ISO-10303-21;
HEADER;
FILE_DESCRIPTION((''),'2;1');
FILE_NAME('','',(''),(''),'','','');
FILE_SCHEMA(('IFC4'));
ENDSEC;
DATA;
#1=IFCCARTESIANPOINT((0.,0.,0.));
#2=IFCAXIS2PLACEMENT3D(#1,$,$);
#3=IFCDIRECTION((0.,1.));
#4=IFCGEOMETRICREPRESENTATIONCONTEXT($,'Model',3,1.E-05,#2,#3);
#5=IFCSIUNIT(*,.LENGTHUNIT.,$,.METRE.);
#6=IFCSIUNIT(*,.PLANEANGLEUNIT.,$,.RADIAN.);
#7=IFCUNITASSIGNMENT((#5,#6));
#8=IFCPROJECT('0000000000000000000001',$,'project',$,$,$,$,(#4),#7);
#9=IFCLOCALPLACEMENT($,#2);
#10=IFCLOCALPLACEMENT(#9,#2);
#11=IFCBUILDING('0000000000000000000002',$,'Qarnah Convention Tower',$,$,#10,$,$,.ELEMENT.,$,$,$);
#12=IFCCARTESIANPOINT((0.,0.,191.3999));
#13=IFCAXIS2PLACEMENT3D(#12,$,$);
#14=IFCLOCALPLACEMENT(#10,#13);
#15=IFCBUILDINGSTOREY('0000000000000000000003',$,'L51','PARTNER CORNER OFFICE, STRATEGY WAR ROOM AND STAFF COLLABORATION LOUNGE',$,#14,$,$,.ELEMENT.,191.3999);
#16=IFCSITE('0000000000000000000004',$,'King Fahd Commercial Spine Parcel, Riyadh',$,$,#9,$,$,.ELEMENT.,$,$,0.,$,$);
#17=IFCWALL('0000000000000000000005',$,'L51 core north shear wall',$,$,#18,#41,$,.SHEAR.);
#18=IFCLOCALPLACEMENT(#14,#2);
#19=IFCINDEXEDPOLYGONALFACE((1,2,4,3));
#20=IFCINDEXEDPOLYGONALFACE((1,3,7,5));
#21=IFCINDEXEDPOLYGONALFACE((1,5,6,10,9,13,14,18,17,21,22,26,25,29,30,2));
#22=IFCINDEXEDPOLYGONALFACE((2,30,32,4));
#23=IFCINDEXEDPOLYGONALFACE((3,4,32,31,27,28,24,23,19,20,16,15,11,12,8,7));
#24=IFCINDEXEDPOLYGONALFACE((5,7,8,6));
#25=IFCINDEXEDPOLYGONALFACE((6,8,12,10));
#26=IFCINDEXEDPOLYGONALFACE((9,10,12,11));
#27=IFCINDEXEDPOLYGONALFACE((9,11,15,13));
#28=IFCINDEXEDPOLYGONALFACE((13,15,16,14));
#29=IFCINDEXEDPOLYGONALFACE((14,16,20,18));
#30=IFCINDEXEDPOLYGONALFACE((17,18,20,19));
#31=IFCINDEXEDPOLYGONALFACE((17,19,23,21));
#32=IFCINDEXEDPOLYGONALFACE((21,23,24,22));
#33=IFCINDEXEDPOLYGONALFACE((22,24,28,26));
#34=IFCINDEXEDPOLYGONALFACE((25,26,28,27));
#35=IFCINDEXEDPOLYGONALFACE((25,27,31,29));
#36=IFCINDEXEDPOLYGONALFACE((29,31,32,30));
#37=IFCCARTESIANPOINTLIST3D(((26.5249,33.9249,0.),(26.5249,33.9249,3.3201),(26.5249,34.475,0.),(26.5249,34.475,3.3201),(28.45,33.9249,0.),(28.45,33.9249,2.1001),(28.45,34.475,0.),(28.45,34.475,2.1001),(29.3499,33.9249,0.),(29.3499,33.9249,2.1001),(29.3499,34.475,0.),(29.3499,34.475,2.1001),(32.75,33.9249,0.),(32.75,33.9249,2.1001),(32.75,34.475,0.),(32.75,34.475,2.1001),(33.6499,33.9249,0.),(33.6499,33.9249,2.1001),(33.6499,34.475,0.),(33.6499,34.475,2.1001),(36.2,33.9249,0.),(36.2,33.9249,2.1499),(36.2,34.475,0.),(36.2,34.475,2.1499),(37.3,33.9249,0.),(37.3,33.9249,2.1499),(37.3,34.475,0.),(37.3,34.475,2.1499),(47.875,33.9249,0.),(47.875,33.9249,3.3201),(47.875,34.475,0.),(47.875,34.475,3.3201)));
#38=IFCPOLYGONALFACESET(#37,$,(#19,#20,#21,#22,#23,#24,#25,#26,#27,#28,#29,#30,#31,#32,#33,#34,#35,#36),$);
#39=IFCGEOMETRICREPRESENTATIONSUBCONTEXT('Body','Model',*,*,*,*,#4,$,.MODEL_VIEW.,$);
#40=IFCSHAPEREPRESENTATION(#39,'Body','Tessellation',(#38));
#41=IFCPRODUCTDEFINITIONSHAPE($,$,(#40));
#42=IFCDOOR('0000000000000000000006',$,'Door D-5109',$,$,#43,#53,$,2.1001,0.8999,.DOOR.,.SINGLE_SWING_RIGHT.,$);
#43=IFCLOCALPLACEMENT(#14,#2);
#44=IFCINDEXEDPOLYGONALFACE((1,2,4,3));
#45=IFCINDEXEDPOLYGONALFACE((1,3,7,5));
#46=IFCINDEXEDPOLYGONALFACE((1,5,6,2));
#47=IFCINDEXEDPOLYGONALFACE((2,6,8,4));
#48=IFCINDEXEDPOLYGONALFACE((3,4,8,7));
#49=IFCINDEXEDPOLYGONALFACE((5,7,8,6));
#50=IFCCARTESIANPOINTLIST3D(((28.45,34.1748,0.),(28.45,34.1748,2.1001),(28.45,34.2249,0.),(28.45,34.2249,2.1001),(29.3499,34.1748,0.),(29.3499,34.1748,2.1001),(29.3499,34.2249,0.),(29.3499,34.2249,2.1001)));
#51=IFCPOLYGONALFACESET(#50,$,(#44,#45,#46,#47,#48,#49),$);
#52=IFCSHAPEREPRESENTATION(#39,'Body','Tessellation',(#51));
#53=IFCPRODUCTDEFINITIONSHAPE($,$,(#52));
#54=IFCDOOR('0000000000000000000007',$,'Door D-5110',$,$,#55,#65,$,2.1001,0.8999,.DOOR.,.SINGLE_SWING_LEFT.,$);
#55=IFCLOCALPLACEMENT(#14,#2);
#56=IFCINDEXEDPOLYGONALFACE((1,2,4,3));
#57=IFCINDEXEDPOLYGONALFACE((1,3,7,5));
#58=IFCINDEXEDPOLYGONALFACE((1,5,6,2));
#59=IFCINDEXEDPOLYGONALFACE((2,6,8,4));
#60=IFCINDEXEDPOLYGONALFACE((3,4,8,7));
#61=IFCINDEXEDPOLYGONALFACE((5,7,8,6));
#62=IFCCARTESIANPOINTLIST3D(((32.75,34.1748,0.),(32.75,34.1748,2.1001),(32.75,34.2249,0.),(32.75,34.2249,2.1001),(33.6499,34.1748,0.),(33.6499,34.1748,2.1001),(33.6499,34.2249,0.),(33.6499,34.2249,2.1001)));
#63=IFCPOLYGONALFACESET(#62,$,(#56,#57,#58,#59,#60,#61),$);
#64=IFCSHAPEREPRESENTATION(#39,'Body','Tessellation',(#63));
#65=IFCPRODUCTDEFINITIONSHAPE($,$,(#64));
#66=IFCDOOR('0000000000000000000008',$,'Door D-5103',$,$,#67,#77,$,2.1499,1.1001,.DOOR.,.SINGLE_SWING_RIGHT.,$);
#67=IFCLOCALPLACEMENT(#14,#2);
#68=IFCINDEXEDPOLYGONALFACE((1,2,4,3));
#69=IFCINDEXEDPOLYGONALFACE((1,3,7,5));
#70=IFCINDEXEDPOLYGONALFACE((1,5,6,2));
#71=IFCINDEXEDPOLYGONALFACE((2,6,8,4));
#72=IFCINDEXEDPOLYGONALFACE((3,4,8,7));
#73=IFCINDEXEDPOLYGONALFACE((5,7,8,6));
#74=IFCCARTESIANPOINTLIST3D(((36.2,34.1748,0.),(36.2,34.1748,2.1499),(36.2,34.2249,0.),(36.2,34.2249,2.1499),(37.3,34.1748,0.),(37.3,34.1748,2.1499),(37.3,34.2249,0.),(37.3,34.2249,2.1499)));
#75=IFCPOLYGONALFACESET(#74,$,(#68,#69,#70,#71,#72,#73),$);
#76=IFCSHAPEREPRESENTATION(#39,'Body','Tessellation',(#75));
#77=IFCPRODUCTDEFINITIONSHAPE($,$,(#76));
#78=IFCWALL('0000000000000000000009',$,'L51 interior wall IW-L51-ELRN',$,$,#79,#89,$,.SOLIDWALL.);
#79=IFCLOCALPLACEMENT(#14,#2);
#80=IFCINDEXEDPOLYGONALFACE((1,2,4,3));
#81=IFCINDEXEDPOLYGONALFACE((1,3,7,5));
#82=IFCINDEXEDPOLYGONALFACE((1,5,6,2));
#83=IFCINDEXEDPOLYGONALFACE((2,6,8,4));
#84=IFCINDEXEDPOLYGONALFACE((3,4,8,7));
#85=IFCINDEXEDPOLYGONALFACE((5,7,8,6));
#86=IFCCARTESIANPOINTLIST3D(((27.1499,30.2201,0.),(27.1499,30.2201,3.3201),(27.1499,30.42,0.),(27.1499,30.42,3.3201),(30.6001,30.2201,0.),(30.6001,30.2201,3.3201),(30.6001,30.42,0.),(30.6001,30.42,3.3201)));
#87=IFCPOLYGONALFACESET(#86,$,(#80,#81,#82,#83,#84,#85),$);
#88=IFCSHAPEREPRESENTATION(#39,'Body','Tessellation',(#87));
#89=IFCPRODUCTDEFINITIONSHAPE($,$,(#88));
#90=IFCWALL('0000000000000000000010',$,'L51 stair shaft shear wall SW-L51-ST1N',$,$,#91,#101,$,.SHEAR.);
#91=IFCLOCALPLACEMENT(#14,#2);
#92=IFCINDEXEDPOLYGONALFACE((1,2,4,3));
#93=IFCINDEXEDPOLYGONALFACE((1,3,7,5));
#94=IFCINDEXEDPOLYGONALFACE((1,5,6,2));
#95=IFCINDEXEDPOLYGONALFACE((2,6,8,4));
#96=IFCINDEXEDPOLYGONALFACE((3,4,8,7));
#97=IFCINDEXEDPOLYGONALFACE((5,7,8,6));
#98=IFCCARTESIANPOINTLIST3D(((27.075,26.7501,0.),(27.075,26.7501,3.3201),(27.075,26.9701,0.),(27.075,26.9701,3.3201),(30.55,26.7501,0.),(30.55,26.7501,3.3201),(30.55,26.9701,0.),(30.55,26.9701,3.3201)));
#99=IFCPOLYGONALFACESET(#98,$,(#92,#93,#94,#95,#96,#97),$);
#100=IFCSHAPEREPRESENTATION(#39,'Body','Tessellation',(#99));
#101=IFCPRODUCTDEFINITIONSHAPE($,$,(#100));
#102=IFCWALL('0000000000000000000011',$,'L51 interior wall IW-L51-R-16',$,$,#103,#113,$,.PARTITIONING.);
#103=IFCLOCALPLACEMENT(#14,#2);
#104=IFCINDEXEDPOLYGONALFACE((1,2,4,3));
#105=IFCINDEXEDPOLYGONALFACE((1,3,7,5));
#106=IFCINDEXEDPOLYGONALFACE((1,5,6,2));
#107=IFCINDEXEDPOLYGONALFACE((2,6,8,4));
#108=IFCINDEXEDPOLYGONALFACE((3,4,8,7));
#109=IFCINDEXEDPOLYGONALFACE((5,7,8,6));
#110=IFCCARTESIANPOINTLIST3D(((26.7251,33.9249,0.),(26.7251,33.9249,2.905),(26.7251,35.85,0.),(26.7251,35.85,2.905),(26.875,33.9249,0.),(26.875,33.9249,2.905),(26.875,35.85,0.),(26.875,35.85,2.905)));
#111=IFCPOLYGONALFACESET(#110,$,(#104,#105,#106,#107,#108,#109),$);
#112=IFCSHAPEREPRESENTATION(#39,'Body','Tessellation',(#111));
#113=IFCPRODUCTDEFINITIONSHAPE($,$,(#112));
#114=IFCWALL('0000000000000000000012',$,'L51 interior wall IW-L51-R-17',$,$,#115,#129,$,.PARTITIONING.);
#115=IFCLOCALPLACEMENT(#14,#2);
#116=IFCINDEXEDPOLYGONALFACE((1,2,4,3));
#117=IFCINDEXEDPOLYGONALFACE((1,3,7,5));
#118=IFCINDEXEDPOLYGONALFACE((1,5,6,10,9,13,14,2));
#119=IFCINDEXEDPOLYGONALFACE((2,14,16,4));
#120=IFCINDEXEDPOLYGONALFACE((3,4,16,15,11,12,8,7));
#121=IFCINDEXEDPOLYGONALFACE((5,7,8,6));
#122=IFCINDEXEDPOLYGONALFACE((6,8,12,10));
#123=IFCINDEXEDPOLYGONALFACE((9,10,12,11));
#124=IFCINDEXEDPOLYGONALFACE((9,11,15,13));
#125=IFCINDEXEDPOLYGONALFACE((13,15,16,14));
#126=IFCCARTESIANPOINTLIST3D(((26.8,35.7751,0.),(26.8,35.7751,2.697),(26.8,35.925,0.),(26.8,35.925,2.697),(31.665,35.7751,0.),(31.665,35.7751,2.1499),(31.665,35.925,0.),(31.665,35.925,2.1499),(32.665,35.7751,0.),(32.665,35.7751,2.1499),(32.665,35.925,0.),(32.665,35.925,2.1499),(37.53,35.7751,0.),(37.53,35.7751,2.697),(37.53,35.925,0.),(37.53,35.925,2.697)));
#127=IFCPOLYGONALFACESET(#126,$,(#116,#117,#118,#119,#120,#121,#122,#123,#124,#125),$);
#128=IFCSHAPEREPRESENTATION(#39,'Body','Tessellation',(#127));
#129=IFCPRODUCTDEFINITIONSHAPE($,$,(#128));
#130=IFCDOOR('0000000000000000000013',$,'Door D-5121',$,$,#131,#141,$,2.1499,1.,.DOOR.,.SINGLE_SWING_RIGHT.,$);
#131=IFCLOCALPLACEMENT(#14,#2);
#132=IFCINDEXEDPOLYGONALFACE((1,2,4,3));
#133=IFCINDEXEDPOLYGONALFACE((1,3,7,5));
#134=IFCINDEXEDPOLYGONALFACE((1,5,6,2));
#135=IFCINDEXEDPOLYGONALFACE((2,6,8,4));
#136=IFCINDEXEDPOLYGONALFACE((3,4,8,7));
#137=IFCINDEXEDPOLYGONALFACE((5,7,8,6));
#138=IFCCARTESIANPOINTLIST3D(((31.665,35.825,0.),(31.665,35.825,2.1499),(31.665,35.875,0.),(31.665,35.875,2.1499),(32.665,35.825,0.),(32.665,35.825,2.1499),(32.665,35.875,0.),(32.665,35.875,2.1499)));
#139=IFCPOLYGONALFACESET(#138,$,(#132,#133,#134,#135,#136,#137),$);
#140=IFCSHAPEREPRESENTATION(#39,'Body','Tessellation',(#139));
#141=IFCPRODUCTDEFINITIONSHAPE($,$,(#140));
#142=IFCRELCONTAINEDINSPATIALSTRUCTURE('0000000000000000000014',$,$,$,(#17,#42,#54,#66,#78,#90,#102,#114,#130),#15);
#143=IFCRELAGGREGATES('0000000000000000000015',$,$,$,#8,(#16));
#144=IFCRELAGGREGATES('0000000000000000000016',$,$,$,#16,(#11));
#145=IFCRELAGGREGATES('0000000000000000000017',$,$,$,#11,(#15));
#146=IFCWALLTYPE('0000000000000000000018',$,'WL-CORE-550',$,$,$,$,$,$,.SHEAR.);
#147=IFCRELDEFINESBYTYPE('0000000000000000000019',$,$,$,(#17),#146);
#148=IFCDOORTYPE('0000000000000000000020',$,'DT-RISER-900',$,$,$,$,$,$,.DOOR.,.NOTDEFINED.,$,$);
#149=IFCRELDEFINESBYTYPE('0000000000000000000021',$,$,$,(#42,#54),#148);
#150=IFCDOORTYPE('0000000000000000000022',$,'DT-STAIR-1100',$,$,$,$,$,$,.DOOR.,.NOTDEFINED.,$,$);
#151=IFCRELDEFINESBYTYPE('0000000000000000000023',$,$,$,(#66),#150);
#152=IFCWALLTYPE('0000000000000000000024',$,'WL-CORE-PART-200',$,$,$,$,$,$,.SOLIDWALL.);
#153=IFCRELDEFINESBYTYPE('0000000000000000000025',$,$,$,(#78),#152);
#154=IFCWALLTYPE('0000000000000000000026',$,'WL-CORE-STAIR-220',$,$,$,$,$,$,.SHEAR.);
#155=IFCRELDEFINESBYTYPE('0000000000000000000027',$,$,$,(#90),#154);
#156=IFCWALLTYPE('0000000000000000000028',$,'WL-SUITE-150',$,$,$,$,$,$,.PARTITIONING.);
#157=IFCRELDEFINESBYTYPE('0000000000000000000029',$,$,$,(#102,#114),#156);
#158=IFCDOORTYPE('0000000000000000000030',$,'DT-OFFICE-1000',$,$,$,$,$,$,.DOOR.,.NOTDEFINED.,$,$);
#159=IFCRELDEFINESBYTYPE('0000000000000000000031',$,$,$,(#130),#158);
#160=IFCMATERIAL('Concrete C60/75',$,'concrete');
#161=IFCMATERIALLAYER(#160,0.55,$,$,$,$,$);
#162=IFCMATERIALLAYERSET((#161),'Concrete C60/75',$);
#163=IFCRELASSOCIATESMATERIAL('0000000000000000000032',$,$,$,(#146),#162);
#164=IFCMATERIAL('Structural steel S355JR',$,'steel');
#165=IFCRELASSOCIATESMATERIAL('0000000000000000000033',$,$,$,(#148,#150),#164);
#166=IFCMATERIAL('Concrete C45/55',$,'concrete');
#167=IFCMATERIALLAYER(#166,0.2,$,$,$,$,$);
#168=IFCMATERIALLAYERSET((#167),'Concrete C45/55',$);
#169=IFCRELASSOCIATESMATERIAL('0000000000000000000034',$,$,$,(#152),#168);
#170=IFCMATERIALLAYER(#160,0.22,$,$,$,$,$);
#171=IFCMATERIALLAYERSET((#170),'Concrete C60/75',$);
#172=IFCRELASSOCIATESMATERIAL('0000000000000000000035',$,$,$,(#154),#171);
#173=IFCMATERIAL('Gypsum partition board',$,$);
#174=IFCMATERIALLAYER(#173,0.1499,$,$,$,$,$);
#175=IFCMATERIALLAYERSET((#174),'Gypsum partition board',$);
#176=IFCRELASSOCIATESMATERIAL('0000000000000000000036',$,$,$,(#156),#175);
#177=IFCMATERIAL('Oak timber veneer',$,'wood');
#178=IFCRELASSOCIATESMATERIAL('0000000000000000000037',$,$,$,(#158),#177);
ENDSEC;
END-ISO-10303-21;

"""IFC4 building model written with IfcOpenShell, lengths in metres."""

from ifc_helpers import new_model, si_unit, direction, frame, frame_2d, origin, place, context, subcontext, project, spatial, rectangle, extrude, material, layer, layer_set, type_object, element, fill, save


model = new_model("IFC4")

# Units and contexts
model_context = context("Model", 3, precision=1e-05, world=origin(), true_north=direction((0.0, 1.0)))
body_context = subcontext(model_context, "Body", "Model", "MODEL_VIEW")
ifc_project = project(units=[si_unit("LENGTHUNIT", "METRE"), si_unit("PLANEANGLEUNIT", "RADIAN")], contexts=[model_context])

# Site, building, storey
site_placement = place(None, origin())
site = spatial("IfcSite", under=ifc_project, at=site_placement, Name="King Fahd Commercial Spine Parcel, Riyadh", CompositionType="ELEMENT", RefElevation=0.0)
building_placement = place(site_placement, origin())
building = spatial("IfcBuilding", under=site, at=building_placement, Name="Qarnah Convention Tower", CompositionType="ELEMENT")
storey_placement = place(building_placement, frame((0.0, 0.0, 191.3999)))
storey = spatial("IfcBuildingStorey", under=building, at=storey_placement, Name="L51", Description="PARTNER CORNER OFFICE, STRATEGY WAR ROOM AND STAFF COLLABORATION LOUNGE", CompositionType="ELEMENT", Elevation=191.3999)

# Shared definitions
ifc_material_1 = material(Name="Structural steel S355JR", Category="steel")

# Wall, openings, doors
ifc_material_2 = material(Name="Concrete C60/75", Category="concrete")
ifc_layer_1 = layer(ifc_material_2, 0.55)
ifc_layer_set_1 = layer_set([ifc_layer_1], Name="Concrete C60/75")
wall_type_1 = type_object("IfcWallType", Name="WL-CORE-550", PredefinedType="SHEAR", material=ifc_layer_set_1)
wall_1_placement = place(storey_placement, frame((26.5249, 34.2, 0.0), z_axis=(0.0, 0.0, 1.0), x_axis=(1.0, 0.0, 0.0)))
wall_1 = element("IfcWall", 1, at=wall_1_placement, inside=storey, type_object=wall_type_1, Name="L51 core north shear wall", PredefinedType="SHEAR", context=body_context, shape_type="SweptSolid", body=[
    extrude(rectangle(XDim=21.3501, YDim=0.55, at=frame_2d((10.675, 0.0))), origin(), (0.0, 0.0, 1.0), 3.3201),
])
opening_1_placement = place(wall_1_placement, frame((9.675, 0.0, 0.0)))
opening_1 = element("IfcOpeningElement", 2, at=opening_1_placement, cuts=wall_1, PredefinedType="OPENING", context=body_context, shape_type="SweptSolid", body=[
    extrude(rectangle(XDim=1.1001, YDim=2.1499, at=frame_2d((0.55, 1.075))), frame((0.0, 0.2849, 0.0), z_axis=(0.0, -1.0, 0.0), x_axis=(1.0, 0.0, 0.0)), (0.0, 0.0, 1.0), 0.5701),
])
opening_2_placement = place(wall_1_placement, frame((1.925, 0.0, 0.0)))
opening_2 = element("IfcOpeningElement", 3, at=opening_2_placement, cuts=wall_1, PredefinedType="OPENING", context=body_context, shape_type="SweptSolid", body=[
    extrude(rectangle(XDim=0.8999, YDim=2.1001, at=frame_2d((0.45, 1.05))), frame((0.0, 0.2849, 0.0), z_axis=(0.0, -1.0, 0.0), x_axis=(1.0, 0.0, 0.0)), (0.0, 0.0, 1.0), 0.5701),
])
opening_3_placement = place(wall_1_placement, frame((6.2251, 0.0, 0.0)))
opening_3 = element("IfcOpeningElement", 4, at=opening_3_placement, cuts=wall_1, PredefinedType="OPENING", context=body_context, shape_type="SweptSolid", body=[
    extrude(rectangle(XDim=0.8999, YDim=2.1001, at=frame_2d((0.45, 1.05))), frame((0.0, 0.2849, 0.0), z_axis=(0.0, -1.0, 0.0), x_axis=(1.0, 0.0, 0.0)), (0.0, 0.0, 1.0), 0.5701),
])
door_type_1 = type_object("IfcDoorType", Name="DT-RISER-900", OperationType="NOTDEFINED", PredefinedType="DOOR", material=ifc_material_1)
door_1_placement = place(opening_2_placement, origin())
door_1 = element("IfcDoor", 5, at=door_1_placement, inside=storey, type_object=door_type_1, Name="Door D-5109", OperationType="SINGLE_SWING_RIGHT", OverallHeight=2.1001, OverallWidth=0.8999, PredefinedType="DOOR", context=body_context, shape_type="SweptSolid", body=[
    extrude(rectangle(XDim=0.8999, YDim=2.1001, at=frame_2d((0.45, 1.05))), frame((0.0, 0.0249, 0.0), z_axis=(0.0, -1.0, 0.0), x_axis=(1.0, 0.0, 0.0)), (0.0, 0.0, 1.0), 0.05),
])
fill(opening_2, door_1)
door_2_placement = place(opening_3_placement, origin())
door_2 = element("IfcDoor", 6, at=door_2_placement, inside=storey, type_object=door_type_1, Name="Door D-5110", OperationType="SINGLE_SWING_LEFT", OverallHeight=2.1001, OverallWidth=0.8999, PredefinedType="DOOR", context=body_context, shape_type="SweptSolid", body=[
    extrude(rectangle(XDim=0.8999, YDim=2.1001, at=frame_2d((0.45, 1.05))), frame((0.0, 0.0249, 0.0), z_axis=(0.0, -1.0, 0.0), x_axis=(1.0, 0.0, 0.0)), (0.0, 0.0, 1.0), 0.05),
])
fill(opening_3, door_2)
door_type_2 = type_object("IfcDoorType", Name="DT-STAIR-1100", OperationType="NOTDEFINED", PredefinedType="DOOR", material=ifc_material_1)
door_3_placement = place(opening_1_placement, origin())
door_3 = element("IfcDoor", 7, at=door_3_placement, inside=storey, type_object=door_type_2, Name="Door D-5103", OperationType="SINGLE_SWING_RIGHT", OverallHeight=2.1499, OverallWidth=1.1001, PredefinedType="DOOR", context=body_context, shape_type="SweptSolid", body=[
    extrude(rectangle(XDim=1.1001, YDim=2.1499, at=frame_2d((0.55, 1.075))), frame((0.0, 0.0249, 0.0), z_axis=(0.0, -1.0, 0.0), x_axis=(1.0, 0.0, 0.0)), (0.0, 0.0, 1.0), 0.05),
])
fill(opening_1, door_3)

# Walls
ifc_material_3 = material(Name="Concrete C45/55", Category="concrete")
ifc_layer_2 = layer(ifc_material_3, 0.2)
ifc_layer_set_2 = layer_set([ifc_layer_2], Name="Concrete C45/55")
wall_type_2 = type_object("IfcWallType", Name="WL-CORE-PART-200", PredefinedType="SOLIDWALL", material=ifc_layer_set_2)
wall_2_placement = place(storey_placement, frame((27.1499, 30.3201, 0.0), z_axis=(0.0, 0.0, 1.0), x_axis=(1.0, 0.0, 0.0)))
element("IfcWall", 8, at=wall_2_placement, inside=storey, type_object=wall_type_2, Name="L51 interior wall IW-L51-ELRN", PredefinedType="SOLIDWALL", context=body_context, shape_type="SweptSolid", body=[
    extrude(rectangle(XDim=3.4502, YDim=0.2, at=frame_2d((1.7251, 0.0))), origin(), (0.0, 0.0, 1.0), 3.3201),
])
ifc_layer_3 = layer(ifc_material_2, 0.22)
ifc_layer_set_3 = layer_set([ifc_layer_3], Name="Concrete C60/75")
wall_type_3 = type_object("IfcWallType", Name="WL-CORE-STAIR-220", PredefinedType="SHEAR", material=ifc_layer_set_3)
wall_3_placement = place(storey_placement, frame((27.075, 26.8601, 0.0), z_axis=(0.0, 0.0, 1.0), x_axis=(1.0, 0.0, 0.0)))
element("IfcWall", 9, at=wall_3_placement, inside=storey, type_object=wall_type_3, Name="L51 stair shaft shear wall SW-L51-ST1N", PredefinedType="SHEAR", context=body_context, shape_type="SweptSolid", body=[
    extrude(rectangle(XDim=3.4751, YDim=0.22, at=frame_2d((1.7375, 0.0))), origin(), (0.0, 0.0, 1.0), 3.3201),
])

# Shared definitions
ifc_material_4 = material(Name="Gypsum partition board")
ifc_layer_4 = layer(ifc_material_4, 0.1499)
ifc_layer_set_4 = layer_set([ifc_layer_4], Name="Gypsum partition board")
wall_type_4 = type_object("IfcWallType", Name="WL-SUITE-150", PredefinedType="PARTITIONING", material=ifc_layer_set_4)
ifc_material_5 = material(Name="Oak timber veneer", Category="wood")
door_type_3 = type_object("IfcDoorType", Name="DT-OFFICE-1000", OperationType="NOTDEFINED", PredefinedType="DOOR", material=ifc_material_5)

# Wall
wall_4_placement = place(storey_placement, frame((26.8, 33.925, 0.0), z_axis=(0.0, 0.0, 1.0), x_axis=(0.0, 1.0, 0.0)))
element("IfcWall", 10, at=wall_4_placement, inside=storey, type_object=wall_type_4, Name="L51 interior wall IW-L51-R-16", PredefinedType="PARTITIONING", context=body_context, shape_type="SweptSolid", body=[
    extrude(rectangle(XDim=1.925, YDim=0.1499, at=frame_2d((0.9624, 0.0))), origin(), (0.0, 0.0, 1.0), 2.905),
])

# Wall, opening, door
wall_5_placement = place(storey_placement, frame((26.8, 35.8501, 0.0), z_axis=(0.0, 0.0, 1.0), x_axis=(1.0, 0.0, 0.0)))
wall_5 = element("IfcWall", 11, at=wall_5_placement, inside=storey, type_object=wall_type_4, Name="L51 interior wall IW-L51-R-17", PredefinedType="PARTITIONING", context=body_context, shape_type="SweptSolid", body=[
    extrude(rectangle(XDim=10.73, YDim=0.1499, at=frame_2d((5.365, 0.0))), origin(), (0.0, 0.0, 1.0), 2.697),
])
opening_4_placement = place(wall_5_placement, frame((4.865, 0.0, 0.0)))
opening_4 = element("IfcOpeningElement", 12, at=opening_4_placement, cuts=wall_5, PredefinedType="OPENING", context=body_context, shape_type="SweptSolid", body=[
    extrude(rectangle(XDim=1.0, YDim=2.1499, at=frame_2d((0.5, 1.075))), frame((0.0, 0.085, 0.0), z_axis=(0.0, -1.0, 0.0), x_axis=(1.0, 0.0, 0.0)), (0.0, 0.0, 1.0), 0.1699),
])
door_4_placement = place(opening_4_placement, origin())
door_4 = element("IfcDoor", 13, at=door_4_placement, inside=storey, type_object=door_type_3, Name="Door D-5121", OperationType="SINGLE_SWING_RIGHT", OverallHeight=2.1499, OverallWidth=1.0, PredefinedType="DOOR", context=body_context, shape_type="SweptSolid", body=[
    extrude(rectangle(XDim=1.0, YDim=2.1499, at=frame_2d((0.5, 1.075))), frame((0.0, 0.0249, 0.0), z_axis=(0.0, -1.0, 0.0), x_axis=(1.0, 0.0, 0.0)), (0.0, 0.0, 1.0), 0.05),
])
fill(opening_4, door_4)

save(model, "model.ifc")
